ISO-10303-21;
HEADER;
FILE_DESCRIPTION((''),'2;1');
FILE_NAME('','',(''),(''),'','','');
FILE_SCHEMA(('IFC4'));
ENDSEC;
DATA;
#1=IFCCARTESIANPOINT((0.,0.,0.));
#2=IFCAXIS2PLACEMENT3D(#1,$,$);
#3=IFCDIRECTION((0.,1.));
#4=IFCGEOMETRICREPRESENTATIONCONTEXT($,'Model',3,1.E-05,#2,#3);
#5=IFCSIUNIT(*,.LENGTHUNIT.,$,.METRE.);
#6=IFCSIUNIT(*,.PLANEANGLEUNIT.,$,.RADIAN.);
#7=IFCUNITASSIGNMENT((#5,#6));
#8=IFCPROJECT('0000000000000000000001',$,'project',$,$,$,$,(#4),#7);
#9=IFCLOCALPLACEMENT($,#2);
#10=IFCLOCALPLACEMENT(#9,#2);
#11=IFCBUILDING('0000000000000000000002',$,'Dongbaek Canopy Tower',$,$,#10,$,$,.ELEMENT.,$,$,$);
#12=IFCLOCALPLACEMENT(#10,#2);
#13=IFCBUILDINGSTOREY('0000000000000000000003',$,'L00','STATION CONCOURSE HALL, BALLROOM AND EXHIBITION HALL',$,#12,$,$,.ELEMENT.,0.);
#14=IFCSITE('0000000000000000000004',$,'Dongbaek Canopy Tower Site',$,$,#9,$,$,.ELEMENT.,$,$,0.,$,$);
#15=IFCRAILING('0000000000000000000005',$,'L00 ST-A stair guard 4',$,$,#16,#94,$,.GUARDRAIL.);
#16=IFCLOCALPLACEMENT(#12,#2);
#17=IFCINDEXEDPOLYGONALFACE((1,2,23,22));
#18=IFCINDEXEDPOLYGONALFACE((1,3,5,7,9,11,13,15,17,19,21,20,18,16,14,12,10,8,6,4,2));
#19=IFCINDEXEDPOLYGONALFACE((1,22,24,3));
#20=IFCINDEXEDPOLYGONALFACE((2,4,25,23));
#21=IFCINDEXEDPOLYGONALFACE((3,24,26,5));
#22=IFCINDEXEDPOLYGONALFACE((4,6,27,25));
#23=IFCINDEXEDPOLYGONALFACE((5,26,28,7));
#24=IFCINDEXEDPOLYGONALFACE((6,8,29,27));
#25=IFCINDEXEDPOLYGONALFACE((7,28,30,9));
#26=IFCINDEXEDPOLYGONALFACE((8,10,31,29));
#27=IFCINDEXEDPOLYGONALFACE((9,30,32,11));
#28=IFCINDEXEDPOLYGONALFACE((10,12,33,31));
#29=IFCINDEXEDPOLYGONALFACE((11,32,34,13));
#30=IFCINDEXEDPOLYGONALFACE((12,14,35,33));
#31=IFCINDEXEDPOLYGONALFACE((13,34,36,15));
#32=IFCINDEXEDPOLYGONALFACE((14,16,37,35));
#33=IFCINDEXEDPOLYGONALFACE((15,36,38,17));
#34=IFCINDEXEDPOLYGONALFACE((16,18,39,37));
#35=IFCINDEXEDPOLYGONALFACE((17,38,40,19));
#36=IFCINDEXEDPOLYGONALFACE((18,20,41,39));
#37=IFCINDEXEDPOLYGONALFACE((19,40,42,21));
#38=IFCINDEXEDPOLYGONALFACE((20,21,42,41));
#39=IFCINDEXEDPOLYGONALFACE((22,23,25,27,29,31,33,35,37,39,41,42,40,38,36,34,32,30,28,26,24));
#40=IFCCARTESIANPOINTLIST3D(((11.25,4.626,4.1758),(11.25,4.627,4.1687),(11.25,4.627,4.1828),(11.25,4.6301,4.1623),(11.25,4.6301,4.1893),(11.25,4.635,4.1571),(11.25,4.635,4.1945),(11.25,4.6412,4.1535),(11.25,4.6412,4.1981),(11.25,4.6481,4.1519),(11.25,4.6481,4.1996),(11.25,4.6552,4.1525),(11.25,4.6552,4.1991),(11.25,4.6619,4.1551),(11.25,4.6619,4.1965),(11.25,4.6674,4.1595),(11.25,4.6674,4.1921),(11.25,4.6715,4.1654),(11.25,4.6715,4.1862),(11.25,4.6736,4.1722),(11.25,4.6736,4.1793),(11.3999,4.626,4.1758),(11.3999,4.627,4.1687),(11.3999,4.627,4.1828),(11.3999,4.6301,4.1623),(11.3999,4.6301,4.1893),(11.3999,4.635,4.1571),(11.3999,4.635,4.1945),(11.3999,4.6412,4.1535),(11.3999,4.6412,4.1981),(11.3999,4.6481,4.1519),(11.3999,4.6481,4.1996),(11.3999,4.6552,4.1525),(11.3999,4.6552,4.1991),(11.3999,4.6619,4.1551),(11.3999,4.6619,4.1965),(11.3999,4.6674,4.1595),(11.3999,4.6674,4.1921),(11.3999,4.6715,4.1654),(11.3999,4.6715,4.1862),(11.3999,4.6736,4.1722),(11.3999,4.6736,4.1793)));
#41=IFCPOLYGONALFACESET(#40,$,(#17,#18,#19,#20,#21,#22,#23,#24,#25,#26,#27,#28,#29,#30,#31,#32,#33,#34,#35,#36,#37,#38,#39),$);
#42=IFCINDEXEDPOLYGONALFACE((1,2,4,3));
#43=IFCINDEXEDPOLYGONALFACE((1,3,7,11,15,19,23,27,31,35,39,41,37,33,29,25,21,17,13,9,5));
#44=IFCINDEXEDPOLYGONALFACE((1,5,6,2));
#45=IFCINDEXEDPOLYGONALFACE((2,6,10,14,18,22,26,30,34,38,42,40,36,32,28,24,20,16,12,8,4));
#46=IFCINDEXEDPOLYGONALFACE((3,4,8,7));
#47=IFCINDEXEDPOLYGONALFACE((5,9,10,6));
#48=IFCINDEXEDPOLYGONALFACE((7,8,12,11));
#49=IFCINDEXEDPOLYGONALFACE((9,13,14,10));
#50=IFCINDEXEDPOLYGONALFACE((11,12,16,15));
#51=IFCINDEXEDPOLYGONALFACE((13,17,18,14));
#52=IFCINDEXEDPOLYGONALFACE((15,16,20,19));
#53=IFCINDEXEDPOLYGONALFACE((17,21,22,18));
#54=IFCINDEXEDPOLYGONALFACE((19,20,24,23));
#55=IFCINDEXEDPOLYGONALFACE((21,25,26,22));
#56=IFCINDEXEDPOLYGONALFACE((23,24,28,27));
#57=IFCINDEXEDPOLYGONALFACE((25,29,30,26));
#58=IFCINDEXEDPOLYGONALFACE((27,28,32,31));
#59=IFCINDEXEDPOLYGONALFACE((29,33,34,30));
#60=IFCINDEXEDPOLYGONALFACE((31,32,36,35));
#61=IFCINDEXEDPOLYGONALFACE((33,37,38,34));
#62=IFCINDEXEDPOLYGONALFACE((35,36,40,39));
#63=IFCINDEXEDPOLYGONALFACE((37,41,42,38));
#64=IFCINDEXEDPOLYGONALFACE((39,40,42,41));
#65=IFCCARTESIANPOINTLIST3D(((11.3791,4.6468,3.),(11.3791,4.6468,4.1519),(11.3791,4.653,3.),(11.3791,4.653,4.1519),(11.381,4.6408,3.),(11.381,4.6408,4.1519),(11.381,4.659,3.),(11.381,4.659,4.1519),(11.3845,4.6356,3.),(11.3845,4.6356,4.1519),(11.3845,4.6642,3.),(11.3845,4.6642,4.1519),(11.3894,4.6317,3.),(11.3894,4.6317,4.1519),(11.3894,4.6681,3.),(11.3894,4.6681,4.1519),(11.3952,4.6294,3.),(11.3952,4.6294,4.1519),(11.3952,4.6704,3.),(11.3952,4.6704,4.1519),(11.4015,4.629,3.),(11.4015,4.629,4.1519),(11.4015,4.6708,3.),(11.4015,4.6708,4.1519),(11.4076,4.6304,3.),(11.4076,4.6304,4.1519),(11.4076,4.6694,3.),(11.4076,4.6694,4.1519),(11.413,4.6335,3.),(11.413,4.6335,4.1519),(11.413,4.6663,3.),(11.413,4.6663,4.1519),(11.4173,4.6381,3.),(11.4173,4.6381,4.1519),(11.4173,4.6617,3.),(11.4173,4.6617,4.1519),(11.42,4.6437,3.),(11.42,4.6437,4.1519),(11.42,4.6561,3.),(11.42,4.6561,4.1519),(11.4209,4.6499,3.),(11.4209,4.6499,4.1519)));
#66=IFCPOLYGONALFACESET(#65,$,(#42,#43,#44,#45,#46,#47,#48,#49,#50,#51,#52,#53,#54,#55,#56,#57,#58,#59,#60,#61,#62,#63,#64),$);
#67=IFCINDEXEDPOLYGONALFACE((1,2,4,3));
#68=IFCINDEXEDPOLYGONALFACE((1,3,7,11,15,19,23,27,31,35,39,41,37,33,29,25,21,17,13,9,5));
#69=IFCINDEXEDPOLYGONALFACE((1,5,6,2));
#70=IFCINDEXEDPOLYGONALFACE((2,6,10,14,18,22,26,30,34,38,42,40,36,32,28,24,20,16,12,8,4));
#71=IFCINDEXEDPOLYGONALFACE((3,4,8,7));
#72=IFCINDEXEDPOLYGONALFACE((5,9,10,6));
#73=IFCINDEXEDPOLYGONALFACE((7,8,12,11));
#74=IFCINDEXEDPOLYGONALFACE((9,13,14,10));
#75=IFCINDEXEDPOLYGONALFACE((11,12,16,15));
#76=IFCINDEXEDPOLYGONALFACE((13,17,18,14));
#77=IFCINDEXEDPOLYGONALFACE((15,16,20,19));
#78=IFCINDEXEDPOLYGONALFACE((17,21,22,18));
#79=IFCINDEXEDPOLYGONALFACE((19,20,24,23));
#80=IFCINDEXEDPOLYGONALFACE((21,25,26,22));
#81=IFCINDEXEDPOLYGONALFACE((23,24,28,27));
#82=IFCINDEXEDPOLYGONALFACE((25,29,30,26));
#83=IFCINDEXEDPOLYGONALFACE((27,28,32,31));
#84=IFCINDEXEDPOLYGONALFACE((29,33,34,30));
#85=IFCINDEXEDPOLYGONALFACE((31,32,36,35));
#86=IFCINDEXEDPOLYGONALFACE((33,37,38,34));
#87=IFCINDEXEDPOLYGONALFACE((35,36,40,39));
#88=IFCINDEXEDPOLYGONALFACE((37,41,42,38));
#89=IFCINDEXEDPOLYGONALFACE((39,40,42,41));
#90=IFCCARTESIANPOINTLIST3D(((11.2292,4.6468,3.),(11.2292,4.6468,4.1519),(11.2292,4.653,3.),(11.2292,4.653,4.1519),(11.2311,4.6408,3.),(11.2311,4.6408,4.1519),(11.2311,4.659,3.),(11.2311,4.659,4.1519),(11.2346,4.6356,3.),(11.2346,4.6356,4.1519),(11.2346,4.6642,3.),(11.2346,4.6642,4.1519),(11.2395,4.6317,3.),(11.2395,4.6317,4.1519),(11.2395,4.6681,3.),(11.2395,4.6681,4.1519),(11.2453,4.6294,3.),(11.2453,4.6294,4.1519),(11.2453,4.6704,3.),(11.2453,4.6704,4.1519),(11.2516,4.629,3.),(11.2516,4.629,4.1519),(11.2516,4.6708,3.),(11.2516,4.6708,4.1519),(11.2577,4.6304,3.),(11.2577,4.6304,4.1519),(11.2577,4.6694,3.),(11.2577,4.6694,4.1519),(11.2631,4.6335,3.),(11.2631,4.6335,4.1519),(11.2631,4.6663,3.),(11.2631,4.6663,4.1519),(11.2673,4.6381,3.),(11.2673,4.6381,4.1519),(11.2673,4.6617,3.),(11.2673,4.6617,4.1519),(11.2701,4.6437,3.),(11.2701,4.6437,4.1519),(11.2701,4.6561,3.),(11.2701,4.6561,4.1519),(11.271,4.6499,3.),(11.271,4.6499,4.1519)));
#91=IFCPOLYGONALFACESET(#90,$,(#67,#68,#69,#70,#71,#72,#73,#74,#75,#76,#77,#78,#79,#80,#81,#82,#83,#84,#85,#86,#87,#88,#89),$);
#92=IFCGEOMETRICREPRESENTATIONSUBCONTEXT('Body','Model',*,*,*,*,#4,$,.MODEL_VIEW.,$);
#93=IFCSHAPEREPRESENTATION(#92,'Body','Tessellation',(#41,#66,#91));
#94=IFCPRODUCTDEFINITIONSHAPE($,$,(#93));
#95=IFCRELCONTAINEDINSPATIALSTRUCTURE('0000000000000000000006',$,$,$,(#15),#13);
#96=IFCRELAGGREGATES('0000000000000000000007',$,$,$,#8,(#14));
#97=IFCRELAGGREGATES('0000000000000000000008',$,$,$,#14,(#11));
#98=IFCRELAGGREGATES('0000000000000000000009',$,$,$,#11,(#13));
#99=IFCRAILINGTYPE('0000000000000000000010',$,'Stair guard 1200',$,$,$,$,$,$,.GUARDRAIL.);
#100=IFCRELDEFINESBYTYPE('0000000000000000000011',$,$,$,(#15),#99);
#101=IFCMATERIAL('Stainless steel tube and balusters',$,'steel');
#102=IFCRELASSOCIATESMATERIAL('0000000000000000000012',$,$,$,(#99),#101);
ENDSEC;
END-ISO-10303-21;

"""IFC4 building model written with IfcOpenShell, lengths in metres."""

from ifc_helpers import new_model, si_unit, direction, frame, origin, origin_2d, place, context, subcontext, project, spatial, circle, extrude, material, type_object, element, save


model = new_model("IFC4")

# Units and contexts
model_context = context("Model", 3, precision=1e-05, world=origin(), true_north=direction((0.0, 1.0)))
body_context = subcontext(model_context, "Body", "Model", "MODEL_VIEW")
ifc_project = project(units=[si_unit("LENGTHUNIT", "METRE"), si_unit("PLANEANGLEUNIT", "RADIAN")], contexts=[model_context])

# Site, building, storey
site_placement = place(None, origin())
site = spatial("IfcSite", under=ifc_project, at=site_placement, Name="Dongbaek Canopy Tower Site", CompositionType="ELEMENT", RefElevation=0.0)
building_placement = place(site_placement, origin())
building = spatial("IfcBuilding", under=site, at=building_placement, Name="Dongbaek Canopy Tower", CompositionType="ELEMENT")
storey_placement = place(building_placement, origin())
storey = spatial("IfcBuildingStorey", under=building, at=storey_placement, Name="L00", Description="STATION CONCOURSE HALL, BALLROOM AND EXHIBITION HALL", CompositionType="ELEMENT", Elevation=0.0)

# Railing
ifc_material_1 = material(Name="Stainless steel tube and balusters", Category="steel")
railing_type_1 = type_object("IfcRailingType", Name="Stair guard 1200", PredefinedType="GUARDRAIL", material=ifc_material_1)
railing_1_placement = place(storey_placement, frame((11.3999, 4.6499, 3.0)))
element("IfcRailing", 1, at=railing_1_placement, inside=storey, type_object=railing_type_1, Name="L00 ST-A stair guard 4", PredefinedType="GUARDRAIL", context=body_context, shape_type="SweptSolid", body=[
    extrude(circle(Radius=0.0239, at=origin_2d()), frame((0.0, 0.0, 1.1758), z_axis=(-1.0, 0.0, 0.0), x_axis=(0.0, -1.0, 0.0)), (0.0, 0.0, 1.0), 0.1499),
    extrude(circle(Radius=0.021, at=origin_2d()), origin(), (0.0, 0.0, 1.0), 1.1519),
    extrude(circle(Radius=0.021, at=origin_2d()), frame((-0.1499, 0.0, 0.0)), (0.0, 0.0, 1.0), 1.1519),
])

save(model, "model.ifc")
